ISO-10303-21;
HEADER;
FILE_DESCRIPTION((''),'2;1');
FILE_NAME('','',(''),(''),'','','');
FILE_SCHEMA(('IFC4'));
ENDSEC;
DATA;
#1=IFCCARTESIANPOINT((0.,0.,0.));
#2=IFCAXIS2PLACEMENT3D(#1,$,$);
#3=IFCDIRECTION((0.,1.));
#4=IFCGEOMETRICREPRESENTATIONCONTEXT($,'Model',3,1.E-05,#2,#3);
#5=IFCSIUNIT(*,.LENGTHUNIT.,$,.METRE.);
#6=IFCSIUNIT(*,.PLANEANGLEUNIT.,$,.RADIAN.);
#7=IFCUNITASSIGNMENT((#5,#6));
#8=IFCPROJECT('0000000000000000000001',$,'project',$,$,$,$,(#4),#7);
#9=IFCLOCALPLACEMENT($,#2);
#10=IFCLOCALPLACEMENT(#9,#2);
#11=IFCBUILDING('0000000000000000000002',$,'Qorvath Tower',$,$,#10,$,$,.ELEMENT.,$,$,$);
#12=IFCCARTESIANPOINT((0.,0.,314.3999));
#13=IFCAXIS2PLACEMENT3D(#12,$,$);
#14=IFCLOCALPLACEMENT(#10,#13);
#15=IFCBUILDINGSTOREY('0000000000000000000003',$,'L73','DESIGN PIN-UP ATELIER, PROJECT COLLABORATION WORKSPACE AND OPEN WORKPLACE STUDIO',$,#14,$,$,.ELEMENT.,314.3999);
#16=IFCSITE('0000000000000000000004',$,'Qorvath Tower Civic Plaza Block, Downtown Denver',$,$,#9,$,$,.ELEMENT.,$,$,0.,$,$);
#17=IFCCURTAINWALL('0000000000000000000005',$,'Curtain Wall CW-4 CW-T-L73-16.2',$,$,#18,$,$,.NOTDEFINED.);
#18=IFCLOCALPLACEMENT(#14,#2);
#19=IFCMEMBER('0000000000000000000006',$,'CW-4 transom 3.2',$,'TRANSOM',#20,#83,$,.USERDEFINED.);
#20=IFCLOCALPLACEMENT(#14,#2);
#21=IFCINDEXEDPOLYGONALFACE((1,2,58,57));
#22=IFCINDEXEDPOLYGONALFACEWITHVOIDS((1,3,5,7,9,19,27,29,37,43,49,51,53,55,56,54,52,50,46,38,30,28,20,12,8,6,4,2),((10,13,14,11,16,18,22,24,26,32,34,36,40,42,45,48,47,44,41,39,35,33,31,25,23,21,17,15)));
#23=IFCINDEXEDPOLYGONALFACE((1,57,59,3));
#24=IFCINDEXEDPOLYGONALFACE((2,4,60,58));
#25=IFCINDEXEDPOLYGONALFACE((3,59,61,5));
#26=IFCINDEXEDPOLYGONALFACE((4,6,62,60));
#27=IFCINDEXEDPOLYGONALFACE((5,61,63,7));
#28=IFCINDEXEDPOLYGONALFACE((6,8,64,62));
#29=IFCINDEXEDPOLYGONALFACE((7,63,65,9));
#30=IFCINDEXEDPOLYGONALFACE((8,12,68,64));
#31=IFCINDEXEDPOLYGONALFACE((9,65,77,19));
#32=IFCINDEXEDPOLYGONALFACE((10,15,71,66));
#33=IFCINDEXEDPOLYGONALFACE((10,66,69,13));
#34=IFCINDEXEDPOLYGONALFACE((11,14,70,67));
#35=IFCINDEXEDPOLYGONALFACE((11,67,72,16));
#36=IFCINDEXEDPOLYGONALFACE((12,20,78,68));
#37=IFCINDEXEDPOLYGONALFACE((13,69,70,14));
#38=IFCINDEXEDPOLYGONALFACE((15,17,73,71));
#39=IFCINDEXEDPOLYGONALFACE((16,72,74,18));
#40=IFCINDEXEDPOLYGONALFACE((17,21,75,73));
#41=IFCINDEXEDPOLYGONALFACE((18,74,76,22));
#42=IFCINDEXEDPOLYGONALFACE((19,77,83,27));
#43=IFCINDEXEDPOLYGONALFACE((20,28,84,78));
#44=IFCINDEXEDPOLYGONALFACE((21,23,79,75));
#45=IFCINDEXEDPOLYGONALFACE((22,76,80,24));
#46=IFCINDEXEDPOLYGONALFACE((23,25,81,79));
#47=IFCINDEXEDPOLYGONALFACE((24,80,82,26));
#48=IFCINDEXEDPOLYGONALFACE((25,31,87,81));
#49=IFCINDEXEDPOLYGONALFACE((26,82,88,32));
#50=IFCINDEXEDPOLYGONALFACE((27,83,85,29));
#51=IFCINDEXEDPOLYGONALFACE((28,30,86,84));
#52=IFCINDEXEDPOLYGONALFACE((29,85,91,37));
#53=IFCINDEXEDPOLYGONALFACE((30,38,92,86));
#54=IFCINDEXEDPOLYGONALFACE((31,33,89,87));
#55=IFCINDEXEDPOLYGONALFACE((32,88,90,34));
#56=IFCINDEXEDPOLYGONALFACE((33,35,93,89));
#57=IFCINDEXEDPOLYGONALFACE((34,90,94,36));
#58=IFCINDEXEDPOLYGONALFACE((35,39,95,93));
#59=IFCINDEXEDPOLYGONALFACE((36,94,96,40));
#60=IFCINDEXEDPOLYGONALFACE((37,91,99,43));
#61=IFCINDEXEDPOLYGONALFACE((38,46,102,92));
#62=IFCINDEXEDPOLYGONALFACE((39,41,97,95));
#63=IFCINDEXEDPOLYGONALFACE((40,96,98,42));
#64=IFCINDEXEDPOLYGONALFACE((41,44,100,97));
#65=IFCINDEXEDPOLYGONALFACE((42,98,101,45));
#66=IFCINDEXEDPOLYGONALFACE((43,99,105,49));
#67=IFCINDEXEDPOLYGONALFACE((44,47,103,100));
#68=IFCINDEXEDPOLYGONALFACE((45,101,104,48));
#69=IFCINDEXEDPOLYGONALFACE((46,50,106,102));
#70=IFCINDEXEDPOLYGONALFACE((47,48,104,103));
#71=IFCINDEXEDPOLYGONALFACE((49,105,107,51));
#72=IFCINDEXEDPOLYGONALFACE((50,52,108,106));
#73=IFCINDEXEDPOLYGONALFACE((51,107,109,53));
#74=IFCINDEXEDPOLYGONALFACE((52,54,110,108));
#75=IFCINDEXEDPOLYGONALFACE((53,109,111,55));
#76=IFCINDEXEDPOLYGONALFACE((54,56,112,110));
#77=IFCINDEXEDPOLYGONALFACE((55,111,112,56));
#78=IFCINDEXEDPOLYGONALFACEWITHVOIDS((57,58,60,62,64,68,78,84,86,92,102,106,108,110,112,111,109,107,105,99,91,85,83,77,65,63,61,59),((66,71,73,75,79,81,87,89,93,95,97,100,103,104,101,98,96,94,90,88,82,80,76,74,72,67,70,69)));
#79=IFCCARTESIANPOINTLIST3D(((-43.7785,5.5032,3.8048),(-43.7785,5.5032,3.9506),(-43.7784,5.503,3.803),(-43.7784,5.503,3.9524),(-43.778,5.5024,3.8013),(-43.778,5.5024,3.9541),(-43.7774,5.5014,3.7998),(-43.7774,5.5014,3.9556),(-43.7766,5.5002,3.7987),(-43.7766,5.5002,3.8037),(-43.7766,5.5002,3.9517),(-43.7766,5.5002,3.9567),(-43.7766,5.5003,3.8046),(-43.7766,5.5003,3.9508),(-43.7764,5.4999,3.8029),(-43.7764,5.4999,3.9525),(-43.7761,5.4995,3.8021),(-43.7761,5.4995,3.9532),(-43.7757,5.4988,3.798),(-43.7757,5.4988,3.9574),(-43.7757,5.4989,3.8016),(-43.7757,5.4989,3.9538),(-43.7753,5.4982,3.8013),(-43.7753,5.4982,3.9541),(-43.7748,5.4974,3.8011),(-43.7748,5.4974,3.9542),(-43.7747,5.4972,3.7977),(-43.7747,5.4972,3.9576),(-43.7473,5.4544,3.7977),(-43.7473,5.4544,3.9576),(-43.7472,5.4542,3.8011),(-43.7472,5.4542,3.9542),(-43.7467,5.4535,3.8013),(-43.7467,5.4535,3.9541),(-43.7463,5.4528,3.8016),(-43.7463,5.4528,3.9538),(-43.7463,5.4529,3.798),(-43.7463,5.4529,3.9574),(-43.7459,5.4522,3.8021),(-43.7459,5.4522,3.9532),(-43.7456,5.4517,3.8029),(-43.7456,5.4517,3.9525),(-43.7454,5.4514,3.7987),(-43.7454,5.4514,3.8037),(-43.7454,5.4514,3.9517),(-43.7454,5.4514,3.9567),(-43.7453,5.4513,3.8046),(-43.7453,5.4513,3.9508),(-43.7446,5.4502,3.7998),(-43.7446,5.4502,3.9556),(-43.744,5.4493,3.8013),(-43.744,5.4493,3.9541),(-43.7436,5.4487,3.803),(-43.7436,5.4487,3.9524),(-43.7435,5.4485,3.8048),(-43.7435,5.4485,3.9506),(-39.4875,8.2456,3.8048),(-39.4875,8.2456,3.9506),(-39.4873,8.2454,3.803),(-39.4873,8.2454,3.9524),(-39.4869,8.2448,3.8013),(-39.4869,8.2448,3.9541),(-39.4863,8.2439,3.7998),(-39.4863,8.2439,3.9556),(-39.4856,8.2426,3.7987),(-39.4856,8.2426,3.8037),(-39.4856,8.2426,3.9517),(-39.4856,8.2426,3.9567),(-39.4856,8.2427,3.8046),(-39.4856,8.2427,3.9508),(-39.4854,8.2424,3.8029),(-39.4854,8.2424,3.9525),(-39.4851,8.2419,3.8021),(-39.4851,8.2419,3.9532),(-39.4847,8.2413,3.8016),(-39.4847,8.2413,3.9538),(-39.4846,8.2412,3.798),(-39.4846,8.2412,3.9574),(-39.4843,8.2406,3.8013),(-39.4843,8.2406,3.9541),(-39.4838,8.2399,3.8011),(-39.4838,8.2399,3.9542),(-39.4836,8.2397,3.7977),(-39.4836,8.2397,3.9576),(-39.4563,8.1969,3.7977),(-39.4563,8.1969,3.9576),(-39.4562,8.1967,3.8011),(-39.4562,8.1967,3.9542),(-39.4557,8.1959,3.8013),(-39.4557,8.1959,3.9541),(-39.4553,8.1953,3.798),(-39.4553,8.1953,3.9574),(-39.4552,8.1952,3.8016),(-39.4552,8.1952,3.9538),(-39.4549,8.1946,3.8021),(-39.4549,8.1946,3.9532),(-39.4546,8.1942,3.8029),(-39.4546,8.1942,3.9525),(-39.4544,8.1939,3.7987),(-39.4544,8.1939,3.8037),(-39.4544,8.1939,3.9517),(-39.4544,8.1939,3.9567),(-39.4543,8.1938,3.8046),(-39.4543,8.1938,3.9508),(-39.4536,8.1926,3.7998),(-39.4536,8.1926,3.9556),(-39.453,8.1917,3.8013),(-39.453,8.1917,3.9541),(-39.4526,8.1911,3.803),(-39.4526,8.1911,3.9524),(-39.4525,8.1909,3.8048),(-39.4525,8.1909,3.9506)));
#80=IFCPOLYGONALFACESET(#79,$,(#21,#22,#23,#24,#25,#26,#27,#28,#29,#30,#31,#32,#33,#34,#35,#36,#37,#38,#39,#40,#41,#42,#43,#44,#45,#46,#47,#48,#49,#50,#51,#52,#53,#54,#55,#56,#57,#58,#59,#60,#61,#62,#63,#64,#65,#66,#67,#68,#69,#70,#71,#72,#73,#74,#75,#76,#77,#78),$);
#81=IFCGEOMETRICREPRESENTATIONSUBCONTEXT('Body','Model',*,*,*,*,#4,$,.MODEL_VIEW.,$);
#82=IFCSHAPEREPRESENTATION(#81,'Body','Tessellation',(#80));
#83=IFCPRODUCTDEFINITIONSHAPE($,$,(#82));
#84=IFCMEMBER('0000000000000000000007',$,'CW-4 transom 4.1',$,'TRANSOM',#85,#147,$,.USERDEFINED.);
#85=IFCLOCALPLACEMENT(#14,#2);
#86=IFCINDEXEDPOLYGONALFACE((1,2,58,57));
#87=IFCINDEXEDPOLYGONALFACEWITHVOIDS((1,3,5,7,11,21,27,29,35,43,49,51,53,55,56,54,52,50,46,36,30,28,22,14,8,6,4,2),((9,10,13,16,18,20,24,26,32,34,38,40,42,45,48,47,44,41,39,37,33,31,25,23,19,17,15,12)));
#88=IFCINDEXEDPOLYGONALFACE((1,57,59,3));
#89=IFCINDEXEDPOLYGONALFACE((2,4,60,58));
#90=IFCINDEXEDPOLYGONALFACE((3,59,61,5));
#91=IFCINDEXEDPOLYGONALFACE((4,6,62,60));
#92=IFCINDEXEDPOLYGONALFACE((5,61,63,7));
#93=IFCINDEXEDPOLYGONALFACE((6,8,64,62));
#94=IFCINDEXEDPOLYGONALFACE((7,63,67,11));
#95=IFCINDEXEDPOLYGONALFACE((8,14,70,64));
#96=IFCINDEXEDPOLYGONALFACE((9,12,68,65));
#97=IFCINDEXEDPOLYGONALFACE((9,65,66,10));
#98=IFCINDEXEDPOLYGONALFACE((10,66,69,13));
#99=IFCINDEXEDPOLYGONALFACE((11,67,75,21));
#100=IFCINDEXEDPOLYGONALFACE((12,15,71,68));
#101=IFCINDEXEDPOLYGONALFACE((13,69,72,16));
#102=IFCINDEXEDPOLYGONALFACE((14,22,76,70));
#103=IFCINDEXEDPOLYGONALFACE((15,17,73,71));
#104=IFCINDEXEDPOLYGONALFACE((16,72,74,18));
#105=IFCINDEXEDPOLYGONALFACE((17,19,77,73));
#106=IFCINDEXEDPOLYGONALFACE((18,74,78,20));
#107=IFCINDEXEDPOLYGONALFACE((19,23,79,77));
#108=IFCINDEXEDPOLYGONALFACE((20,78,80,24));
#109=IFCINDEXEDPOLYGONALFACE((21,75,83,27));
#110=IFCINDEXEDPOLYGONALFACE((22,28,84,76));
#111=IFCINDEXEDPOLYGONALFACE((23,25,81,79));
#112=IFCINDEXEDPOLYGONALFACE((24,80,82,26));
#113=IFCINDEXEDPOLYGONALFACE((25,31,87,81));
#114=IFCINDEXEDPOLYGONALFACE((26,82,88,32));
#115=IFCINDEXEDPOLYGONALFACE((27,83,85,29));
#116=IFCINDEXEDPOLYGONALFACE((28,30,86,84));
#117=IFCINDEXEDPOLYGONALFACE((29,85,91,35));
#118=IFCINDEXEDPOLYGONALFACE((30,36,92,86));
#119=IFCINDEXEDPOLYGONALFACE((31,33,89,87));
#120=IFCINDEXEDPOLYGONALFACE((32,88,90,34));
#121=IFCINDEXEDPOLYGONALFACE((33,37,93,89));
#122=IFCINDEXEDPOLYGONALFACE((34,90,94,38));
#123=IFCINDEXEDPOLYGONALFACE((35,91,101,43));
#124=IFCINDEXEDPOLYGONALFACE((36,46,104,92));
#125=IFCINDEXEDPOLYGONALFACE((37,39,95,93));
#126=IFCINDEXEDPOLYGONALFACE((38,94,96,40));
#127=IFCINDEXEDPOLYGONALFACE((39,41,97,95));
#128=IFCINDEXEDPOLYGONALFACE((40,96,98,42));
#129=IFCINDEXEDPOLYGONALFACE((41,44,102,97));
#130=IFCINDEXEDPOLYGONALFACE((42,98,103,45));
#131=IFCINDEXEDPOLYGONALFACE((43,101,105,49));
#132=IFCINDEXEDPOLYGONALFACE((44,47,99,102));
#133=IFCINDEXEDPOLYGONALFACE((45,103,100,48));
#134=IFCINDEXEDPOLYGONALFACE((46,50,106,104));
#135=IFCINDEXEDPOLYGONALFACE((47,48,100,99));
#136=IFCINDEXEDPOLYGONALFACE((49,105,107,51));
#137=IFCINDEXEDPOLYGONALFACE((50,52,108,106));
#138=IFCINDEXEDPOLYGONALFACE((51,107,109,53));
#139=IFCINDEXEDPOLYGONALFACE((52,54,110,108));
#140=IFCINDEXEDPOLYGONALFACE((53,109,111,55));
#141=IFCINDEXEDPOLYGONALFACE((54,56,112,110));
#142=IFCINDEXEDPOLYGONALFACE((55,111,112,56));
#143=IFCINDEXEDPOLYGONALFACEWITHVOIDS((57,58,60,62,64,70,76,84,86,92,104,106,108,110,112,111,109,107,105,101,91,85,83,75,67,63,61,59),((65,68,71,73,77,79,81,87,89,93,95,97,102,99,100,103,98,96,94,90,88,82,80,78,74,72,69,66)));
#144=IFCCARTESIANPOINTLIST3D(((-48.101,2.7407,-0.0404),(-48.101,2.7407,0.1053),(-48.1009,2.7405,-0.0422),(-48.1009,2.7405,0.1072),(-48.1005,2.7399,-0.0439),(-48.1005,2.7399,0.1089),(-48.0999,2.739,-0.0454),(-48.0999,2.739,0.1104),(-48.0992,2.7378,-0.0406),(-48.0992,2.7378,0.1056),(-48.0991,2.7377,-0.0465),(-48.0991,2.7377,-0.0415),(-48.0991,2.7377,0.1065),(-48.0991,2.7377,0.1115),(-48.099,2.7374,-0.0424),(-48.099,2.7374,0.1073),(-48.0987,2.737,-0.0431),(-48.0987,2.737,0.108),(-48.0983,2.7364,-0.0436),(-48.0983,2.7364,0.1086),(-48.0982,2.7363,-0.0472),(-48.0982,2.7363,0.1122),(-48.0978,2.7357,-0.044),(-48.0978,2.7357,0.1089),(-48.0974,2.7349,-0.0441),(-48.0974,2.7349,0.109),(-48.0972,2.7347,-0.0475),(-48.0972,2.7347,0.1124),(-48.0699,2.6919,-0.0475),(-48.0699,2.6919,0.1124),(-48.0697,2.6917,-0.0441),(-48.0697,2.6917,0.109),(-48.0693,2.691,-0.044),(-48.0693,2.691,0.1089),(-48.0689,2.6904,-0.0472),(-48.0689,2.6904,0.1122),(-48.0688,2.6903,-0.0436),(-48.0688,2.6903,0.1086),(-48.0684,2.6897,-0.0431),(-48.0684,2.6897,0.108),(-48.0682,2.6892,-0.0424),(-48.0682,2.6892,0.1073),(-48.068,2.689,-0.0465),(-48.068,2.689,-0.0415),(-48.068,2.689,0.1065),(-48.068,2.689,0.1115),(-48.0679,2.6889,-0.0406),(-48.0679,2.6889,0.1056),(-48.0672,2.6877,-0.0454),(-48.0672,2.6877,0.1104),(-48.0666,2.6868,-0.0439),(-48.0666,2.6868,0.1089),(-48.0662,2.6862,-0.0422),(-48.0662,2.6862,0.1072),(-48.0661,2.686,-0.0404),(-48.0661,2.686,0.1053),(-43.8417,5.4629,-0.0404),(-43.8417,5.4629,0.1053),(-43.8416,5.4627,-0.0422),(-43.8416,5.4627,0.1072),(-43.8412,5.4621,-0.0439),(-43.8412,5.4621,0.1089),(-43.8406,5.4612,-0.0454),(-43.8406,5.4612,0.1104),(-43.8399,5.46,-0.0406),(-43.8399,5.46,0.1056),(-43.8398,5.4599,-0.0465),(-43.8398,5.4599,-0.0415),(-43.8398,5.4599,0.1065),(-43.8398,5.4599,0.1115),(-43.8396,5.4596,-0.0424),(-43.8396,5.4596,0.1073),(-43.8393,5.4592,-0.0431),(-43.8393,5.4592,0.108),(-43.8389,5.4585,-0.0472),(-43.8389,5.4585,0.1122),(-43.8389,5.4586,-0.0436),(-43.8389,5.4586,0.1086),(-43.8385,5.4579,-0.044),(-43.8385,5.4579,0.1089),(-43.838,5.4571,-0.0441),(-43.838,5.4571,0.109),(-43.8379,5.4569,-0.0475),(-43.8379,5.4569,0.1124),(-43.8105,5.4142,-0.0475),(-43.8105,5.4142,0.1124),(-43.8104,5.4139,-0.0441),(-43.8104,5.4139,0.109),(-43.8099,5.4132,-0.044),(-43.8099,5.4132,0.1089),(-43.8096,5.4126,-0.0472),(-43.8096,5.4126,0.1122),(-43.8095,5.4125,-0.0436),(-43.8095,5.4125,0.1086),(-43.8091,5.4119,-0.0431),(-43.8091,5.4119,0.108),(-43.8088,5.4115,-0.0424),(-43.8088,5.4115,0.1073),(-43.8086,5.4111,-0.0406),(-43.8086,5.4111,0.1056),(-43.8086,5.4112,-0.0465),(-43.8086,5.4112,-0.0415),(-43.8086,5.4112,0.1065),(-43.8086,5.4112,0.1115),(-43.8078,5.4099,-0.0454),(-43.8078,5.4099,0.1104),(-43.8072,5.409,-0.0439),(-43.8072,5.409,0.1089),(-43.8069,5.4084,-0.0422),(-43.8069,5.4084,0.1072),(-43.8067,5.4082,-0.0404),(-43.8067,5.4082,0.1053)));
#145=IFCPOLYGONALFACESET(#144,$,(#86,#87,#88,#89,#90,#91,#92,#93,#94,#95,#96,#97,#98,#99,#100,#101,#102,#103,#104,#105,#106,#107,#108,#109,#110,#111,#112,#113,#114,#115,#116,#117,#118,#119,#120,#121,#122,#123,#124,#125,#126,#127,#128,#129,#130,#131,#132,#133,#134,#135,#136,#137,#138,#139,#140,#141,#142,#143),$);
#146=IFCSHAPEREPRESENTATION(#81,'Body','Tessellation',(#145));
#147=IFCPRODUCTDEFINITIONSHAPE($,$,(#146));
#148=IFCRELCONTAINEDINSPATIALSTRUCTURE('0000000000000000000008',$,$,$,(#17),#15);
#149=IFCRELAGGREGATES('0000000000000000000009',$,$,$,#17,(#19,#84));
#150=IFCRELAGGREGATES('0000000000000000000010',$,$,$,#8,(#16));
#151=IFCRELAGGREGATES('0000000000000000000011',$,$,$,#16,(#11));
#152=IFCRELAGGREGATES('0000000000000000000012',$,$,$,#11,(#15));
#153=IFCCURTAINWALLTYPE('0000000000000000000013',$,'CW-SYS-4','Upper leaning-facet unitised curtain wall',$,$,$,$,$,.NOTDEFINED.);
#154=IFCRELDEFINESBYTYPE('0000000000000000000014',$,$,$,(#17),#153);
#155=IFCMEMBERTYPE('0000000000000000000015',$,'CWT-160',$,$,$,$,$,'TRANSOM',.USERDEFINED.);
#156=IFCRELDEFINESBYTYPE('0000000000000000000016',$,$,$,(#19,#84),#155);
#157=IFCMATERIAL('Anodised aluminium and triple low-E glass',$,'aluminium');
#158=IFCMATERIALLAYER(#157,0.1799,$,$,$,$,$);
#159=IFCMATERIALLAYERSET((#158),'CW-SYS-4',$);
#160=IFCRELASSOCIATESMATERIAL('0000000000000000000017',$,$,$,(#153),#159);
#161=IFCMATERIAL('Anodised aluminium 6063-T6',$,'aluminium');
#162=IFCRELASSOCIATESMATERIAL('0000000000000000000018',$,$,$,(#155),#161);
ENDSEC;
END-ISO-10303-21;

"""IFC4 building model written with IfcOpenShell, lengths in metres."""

from ifc_helpers import new_model, si_unit, direction, frame, origin, origin_2d, place, context, subcontext, project, spatial, hollow_rectangle, extrude, material, layer, layer_set, material_profile, profile_set, type_object, element, aggregate, save


model = new_model("IFC4")

# Units and contexts
model_context = context("Model", 3, precision=1e-05, world=origin(), true_north=direction((0.0, 1.0)))
body_context = subcontext(model_context, "Body", "Model", "MODEL_VIEW")
ifc_project = project(units=[si_unit("LENGTHUNIT", "METRE"), si_unit("PLANEANGLEUNIT", "RADIAN")], contexts=[model_context])

# Site, building, storey
site_placement = place(None, origin())
site = spatial("IfcSite", under=ifc_project, at=site_placement, Name="Qorvath Tower Civic Plaza Block, Downtown Denver", CompositionType="ELEMENT", RefElevation=0.0)
building_placement = place(site_placement, origin())
building = spatial("IfcBuilding", under=site, at=building_placement, Name="Qorvath Tower", CompositionType="ELEMENT")
storey_placement = place(building_placement, frame((0.0, 0.0, 314.3999)))
storey = spatial("IfcBuildingStorey", under=building, at=storey_placement, Name="L73", Description="DESIGN PIN-UP ATELIER, PROJECT COLLABORATION WORKSPACE AND OPEN WORKPLACE STUDIO", CompositionType="ELEMENT", Elevation=314.3999)

# Curtain wall, members
ifc_material_1 = material(Name="Anodised aluminium and triple low-E glass", Category="aluminium")
ifc_layer_1 = layer(ifc_material_1, 0.1799)
ifc_layer_set_1 = layer_set([ifc_layer_1], Name="CW-SYS-4")
curtain_wall_type = type_object("IfcCurtainWallType", Name="CW-SYS-4", Description="Upper leaning-facet unitised curtain wall", PredefinedType="NOTDEFINED", material=ifc_layer_set_1)
curtain_wall_placement = place(storey_placement, origin())
curtain_wall = element("IfcCurtainWall", 1, at=curtain_wall_placement, inside=storey, type_object=curtain_wall_type, Name="Curtain Wall CW-4 CW-T-L73-16.2", PredefinedType="NOTDEFINED")
ifc_material_2 = material(Name="Anodised aluminium 6063-T6", Category="aluminium")
ifc_material_profile_1 = material_profile(ifc_material_2, hollow_rectangle(XDim=0.0649, YDim=0.1599, WallThickness=0.0034, InnerFilletRadius=0.0034, OuterFilletRadius=0.0071, at=origin_2d()), Name="CWT 160x65")
ifc_profile_set_1 = profile_set([ifc_material_profile_1], Name="Anodised aluminium 6063-T6")
member_type_1 = type_object("IfcMemberType", Name="CWT-160", ElementType="TRANSOM", PredefinedType="USERDEFINED", material=ifc_profile_set_1)
member_1_placement = place(storey_placement, frame((-39.47, 8.2183, 3.8777), z_axis=(-0.842612, -0.538522, 0.0), x_axis=(0.538522, -0.842612, 0.0)))
member_1 = element("IfcMember", 2, at=member_1_placement, type_object=member_type_1, Name="CW-4 transom 3.2", ObjectType="TRANSOM", PredefinedType="USERDEFINED", context=body_context, shape_type="SweptSolid", body=[
    extrude(hollow_rectangle(XDim=0.0649, YDim=0.1599, WallThickness=0.0034, InnerFilletRadius=0.0034, OuterFilletRadius=0.0071, at=origin_2d()), origin(), (0.0, 0.0, 1.0), 5.0925),
])
member_2_placement = place(storey_placement, frame((-43.8242, 5.4355, 0.0325), z_axis=(-0.84261, -0.538525, 0.0), x_axis=(0.538525, -0.84261, 0.0)))
member_2 = element("IfcMember", 3, at=member_2_placement, type_object=member_type_1, Name="CW-4 transom 4.1", ObjectType="TRANSOM", PredefinedType="USERDEFINED", context=body_context, shape_type="SweptSolid", body=[
    extrude(hollow_rectangle(XDim=0.0649, YDim=0.1599, WallThickness=0.0034, InnerFilletRadius=0.0034, OuterFilletRadius=0.0071, at=origin_2d()), origin(), (0.0, 0.0, 1.0), 5.0549),
])

aggregate(curtain_wall, [member_1, member_2])

save(model, "model.ifc")
